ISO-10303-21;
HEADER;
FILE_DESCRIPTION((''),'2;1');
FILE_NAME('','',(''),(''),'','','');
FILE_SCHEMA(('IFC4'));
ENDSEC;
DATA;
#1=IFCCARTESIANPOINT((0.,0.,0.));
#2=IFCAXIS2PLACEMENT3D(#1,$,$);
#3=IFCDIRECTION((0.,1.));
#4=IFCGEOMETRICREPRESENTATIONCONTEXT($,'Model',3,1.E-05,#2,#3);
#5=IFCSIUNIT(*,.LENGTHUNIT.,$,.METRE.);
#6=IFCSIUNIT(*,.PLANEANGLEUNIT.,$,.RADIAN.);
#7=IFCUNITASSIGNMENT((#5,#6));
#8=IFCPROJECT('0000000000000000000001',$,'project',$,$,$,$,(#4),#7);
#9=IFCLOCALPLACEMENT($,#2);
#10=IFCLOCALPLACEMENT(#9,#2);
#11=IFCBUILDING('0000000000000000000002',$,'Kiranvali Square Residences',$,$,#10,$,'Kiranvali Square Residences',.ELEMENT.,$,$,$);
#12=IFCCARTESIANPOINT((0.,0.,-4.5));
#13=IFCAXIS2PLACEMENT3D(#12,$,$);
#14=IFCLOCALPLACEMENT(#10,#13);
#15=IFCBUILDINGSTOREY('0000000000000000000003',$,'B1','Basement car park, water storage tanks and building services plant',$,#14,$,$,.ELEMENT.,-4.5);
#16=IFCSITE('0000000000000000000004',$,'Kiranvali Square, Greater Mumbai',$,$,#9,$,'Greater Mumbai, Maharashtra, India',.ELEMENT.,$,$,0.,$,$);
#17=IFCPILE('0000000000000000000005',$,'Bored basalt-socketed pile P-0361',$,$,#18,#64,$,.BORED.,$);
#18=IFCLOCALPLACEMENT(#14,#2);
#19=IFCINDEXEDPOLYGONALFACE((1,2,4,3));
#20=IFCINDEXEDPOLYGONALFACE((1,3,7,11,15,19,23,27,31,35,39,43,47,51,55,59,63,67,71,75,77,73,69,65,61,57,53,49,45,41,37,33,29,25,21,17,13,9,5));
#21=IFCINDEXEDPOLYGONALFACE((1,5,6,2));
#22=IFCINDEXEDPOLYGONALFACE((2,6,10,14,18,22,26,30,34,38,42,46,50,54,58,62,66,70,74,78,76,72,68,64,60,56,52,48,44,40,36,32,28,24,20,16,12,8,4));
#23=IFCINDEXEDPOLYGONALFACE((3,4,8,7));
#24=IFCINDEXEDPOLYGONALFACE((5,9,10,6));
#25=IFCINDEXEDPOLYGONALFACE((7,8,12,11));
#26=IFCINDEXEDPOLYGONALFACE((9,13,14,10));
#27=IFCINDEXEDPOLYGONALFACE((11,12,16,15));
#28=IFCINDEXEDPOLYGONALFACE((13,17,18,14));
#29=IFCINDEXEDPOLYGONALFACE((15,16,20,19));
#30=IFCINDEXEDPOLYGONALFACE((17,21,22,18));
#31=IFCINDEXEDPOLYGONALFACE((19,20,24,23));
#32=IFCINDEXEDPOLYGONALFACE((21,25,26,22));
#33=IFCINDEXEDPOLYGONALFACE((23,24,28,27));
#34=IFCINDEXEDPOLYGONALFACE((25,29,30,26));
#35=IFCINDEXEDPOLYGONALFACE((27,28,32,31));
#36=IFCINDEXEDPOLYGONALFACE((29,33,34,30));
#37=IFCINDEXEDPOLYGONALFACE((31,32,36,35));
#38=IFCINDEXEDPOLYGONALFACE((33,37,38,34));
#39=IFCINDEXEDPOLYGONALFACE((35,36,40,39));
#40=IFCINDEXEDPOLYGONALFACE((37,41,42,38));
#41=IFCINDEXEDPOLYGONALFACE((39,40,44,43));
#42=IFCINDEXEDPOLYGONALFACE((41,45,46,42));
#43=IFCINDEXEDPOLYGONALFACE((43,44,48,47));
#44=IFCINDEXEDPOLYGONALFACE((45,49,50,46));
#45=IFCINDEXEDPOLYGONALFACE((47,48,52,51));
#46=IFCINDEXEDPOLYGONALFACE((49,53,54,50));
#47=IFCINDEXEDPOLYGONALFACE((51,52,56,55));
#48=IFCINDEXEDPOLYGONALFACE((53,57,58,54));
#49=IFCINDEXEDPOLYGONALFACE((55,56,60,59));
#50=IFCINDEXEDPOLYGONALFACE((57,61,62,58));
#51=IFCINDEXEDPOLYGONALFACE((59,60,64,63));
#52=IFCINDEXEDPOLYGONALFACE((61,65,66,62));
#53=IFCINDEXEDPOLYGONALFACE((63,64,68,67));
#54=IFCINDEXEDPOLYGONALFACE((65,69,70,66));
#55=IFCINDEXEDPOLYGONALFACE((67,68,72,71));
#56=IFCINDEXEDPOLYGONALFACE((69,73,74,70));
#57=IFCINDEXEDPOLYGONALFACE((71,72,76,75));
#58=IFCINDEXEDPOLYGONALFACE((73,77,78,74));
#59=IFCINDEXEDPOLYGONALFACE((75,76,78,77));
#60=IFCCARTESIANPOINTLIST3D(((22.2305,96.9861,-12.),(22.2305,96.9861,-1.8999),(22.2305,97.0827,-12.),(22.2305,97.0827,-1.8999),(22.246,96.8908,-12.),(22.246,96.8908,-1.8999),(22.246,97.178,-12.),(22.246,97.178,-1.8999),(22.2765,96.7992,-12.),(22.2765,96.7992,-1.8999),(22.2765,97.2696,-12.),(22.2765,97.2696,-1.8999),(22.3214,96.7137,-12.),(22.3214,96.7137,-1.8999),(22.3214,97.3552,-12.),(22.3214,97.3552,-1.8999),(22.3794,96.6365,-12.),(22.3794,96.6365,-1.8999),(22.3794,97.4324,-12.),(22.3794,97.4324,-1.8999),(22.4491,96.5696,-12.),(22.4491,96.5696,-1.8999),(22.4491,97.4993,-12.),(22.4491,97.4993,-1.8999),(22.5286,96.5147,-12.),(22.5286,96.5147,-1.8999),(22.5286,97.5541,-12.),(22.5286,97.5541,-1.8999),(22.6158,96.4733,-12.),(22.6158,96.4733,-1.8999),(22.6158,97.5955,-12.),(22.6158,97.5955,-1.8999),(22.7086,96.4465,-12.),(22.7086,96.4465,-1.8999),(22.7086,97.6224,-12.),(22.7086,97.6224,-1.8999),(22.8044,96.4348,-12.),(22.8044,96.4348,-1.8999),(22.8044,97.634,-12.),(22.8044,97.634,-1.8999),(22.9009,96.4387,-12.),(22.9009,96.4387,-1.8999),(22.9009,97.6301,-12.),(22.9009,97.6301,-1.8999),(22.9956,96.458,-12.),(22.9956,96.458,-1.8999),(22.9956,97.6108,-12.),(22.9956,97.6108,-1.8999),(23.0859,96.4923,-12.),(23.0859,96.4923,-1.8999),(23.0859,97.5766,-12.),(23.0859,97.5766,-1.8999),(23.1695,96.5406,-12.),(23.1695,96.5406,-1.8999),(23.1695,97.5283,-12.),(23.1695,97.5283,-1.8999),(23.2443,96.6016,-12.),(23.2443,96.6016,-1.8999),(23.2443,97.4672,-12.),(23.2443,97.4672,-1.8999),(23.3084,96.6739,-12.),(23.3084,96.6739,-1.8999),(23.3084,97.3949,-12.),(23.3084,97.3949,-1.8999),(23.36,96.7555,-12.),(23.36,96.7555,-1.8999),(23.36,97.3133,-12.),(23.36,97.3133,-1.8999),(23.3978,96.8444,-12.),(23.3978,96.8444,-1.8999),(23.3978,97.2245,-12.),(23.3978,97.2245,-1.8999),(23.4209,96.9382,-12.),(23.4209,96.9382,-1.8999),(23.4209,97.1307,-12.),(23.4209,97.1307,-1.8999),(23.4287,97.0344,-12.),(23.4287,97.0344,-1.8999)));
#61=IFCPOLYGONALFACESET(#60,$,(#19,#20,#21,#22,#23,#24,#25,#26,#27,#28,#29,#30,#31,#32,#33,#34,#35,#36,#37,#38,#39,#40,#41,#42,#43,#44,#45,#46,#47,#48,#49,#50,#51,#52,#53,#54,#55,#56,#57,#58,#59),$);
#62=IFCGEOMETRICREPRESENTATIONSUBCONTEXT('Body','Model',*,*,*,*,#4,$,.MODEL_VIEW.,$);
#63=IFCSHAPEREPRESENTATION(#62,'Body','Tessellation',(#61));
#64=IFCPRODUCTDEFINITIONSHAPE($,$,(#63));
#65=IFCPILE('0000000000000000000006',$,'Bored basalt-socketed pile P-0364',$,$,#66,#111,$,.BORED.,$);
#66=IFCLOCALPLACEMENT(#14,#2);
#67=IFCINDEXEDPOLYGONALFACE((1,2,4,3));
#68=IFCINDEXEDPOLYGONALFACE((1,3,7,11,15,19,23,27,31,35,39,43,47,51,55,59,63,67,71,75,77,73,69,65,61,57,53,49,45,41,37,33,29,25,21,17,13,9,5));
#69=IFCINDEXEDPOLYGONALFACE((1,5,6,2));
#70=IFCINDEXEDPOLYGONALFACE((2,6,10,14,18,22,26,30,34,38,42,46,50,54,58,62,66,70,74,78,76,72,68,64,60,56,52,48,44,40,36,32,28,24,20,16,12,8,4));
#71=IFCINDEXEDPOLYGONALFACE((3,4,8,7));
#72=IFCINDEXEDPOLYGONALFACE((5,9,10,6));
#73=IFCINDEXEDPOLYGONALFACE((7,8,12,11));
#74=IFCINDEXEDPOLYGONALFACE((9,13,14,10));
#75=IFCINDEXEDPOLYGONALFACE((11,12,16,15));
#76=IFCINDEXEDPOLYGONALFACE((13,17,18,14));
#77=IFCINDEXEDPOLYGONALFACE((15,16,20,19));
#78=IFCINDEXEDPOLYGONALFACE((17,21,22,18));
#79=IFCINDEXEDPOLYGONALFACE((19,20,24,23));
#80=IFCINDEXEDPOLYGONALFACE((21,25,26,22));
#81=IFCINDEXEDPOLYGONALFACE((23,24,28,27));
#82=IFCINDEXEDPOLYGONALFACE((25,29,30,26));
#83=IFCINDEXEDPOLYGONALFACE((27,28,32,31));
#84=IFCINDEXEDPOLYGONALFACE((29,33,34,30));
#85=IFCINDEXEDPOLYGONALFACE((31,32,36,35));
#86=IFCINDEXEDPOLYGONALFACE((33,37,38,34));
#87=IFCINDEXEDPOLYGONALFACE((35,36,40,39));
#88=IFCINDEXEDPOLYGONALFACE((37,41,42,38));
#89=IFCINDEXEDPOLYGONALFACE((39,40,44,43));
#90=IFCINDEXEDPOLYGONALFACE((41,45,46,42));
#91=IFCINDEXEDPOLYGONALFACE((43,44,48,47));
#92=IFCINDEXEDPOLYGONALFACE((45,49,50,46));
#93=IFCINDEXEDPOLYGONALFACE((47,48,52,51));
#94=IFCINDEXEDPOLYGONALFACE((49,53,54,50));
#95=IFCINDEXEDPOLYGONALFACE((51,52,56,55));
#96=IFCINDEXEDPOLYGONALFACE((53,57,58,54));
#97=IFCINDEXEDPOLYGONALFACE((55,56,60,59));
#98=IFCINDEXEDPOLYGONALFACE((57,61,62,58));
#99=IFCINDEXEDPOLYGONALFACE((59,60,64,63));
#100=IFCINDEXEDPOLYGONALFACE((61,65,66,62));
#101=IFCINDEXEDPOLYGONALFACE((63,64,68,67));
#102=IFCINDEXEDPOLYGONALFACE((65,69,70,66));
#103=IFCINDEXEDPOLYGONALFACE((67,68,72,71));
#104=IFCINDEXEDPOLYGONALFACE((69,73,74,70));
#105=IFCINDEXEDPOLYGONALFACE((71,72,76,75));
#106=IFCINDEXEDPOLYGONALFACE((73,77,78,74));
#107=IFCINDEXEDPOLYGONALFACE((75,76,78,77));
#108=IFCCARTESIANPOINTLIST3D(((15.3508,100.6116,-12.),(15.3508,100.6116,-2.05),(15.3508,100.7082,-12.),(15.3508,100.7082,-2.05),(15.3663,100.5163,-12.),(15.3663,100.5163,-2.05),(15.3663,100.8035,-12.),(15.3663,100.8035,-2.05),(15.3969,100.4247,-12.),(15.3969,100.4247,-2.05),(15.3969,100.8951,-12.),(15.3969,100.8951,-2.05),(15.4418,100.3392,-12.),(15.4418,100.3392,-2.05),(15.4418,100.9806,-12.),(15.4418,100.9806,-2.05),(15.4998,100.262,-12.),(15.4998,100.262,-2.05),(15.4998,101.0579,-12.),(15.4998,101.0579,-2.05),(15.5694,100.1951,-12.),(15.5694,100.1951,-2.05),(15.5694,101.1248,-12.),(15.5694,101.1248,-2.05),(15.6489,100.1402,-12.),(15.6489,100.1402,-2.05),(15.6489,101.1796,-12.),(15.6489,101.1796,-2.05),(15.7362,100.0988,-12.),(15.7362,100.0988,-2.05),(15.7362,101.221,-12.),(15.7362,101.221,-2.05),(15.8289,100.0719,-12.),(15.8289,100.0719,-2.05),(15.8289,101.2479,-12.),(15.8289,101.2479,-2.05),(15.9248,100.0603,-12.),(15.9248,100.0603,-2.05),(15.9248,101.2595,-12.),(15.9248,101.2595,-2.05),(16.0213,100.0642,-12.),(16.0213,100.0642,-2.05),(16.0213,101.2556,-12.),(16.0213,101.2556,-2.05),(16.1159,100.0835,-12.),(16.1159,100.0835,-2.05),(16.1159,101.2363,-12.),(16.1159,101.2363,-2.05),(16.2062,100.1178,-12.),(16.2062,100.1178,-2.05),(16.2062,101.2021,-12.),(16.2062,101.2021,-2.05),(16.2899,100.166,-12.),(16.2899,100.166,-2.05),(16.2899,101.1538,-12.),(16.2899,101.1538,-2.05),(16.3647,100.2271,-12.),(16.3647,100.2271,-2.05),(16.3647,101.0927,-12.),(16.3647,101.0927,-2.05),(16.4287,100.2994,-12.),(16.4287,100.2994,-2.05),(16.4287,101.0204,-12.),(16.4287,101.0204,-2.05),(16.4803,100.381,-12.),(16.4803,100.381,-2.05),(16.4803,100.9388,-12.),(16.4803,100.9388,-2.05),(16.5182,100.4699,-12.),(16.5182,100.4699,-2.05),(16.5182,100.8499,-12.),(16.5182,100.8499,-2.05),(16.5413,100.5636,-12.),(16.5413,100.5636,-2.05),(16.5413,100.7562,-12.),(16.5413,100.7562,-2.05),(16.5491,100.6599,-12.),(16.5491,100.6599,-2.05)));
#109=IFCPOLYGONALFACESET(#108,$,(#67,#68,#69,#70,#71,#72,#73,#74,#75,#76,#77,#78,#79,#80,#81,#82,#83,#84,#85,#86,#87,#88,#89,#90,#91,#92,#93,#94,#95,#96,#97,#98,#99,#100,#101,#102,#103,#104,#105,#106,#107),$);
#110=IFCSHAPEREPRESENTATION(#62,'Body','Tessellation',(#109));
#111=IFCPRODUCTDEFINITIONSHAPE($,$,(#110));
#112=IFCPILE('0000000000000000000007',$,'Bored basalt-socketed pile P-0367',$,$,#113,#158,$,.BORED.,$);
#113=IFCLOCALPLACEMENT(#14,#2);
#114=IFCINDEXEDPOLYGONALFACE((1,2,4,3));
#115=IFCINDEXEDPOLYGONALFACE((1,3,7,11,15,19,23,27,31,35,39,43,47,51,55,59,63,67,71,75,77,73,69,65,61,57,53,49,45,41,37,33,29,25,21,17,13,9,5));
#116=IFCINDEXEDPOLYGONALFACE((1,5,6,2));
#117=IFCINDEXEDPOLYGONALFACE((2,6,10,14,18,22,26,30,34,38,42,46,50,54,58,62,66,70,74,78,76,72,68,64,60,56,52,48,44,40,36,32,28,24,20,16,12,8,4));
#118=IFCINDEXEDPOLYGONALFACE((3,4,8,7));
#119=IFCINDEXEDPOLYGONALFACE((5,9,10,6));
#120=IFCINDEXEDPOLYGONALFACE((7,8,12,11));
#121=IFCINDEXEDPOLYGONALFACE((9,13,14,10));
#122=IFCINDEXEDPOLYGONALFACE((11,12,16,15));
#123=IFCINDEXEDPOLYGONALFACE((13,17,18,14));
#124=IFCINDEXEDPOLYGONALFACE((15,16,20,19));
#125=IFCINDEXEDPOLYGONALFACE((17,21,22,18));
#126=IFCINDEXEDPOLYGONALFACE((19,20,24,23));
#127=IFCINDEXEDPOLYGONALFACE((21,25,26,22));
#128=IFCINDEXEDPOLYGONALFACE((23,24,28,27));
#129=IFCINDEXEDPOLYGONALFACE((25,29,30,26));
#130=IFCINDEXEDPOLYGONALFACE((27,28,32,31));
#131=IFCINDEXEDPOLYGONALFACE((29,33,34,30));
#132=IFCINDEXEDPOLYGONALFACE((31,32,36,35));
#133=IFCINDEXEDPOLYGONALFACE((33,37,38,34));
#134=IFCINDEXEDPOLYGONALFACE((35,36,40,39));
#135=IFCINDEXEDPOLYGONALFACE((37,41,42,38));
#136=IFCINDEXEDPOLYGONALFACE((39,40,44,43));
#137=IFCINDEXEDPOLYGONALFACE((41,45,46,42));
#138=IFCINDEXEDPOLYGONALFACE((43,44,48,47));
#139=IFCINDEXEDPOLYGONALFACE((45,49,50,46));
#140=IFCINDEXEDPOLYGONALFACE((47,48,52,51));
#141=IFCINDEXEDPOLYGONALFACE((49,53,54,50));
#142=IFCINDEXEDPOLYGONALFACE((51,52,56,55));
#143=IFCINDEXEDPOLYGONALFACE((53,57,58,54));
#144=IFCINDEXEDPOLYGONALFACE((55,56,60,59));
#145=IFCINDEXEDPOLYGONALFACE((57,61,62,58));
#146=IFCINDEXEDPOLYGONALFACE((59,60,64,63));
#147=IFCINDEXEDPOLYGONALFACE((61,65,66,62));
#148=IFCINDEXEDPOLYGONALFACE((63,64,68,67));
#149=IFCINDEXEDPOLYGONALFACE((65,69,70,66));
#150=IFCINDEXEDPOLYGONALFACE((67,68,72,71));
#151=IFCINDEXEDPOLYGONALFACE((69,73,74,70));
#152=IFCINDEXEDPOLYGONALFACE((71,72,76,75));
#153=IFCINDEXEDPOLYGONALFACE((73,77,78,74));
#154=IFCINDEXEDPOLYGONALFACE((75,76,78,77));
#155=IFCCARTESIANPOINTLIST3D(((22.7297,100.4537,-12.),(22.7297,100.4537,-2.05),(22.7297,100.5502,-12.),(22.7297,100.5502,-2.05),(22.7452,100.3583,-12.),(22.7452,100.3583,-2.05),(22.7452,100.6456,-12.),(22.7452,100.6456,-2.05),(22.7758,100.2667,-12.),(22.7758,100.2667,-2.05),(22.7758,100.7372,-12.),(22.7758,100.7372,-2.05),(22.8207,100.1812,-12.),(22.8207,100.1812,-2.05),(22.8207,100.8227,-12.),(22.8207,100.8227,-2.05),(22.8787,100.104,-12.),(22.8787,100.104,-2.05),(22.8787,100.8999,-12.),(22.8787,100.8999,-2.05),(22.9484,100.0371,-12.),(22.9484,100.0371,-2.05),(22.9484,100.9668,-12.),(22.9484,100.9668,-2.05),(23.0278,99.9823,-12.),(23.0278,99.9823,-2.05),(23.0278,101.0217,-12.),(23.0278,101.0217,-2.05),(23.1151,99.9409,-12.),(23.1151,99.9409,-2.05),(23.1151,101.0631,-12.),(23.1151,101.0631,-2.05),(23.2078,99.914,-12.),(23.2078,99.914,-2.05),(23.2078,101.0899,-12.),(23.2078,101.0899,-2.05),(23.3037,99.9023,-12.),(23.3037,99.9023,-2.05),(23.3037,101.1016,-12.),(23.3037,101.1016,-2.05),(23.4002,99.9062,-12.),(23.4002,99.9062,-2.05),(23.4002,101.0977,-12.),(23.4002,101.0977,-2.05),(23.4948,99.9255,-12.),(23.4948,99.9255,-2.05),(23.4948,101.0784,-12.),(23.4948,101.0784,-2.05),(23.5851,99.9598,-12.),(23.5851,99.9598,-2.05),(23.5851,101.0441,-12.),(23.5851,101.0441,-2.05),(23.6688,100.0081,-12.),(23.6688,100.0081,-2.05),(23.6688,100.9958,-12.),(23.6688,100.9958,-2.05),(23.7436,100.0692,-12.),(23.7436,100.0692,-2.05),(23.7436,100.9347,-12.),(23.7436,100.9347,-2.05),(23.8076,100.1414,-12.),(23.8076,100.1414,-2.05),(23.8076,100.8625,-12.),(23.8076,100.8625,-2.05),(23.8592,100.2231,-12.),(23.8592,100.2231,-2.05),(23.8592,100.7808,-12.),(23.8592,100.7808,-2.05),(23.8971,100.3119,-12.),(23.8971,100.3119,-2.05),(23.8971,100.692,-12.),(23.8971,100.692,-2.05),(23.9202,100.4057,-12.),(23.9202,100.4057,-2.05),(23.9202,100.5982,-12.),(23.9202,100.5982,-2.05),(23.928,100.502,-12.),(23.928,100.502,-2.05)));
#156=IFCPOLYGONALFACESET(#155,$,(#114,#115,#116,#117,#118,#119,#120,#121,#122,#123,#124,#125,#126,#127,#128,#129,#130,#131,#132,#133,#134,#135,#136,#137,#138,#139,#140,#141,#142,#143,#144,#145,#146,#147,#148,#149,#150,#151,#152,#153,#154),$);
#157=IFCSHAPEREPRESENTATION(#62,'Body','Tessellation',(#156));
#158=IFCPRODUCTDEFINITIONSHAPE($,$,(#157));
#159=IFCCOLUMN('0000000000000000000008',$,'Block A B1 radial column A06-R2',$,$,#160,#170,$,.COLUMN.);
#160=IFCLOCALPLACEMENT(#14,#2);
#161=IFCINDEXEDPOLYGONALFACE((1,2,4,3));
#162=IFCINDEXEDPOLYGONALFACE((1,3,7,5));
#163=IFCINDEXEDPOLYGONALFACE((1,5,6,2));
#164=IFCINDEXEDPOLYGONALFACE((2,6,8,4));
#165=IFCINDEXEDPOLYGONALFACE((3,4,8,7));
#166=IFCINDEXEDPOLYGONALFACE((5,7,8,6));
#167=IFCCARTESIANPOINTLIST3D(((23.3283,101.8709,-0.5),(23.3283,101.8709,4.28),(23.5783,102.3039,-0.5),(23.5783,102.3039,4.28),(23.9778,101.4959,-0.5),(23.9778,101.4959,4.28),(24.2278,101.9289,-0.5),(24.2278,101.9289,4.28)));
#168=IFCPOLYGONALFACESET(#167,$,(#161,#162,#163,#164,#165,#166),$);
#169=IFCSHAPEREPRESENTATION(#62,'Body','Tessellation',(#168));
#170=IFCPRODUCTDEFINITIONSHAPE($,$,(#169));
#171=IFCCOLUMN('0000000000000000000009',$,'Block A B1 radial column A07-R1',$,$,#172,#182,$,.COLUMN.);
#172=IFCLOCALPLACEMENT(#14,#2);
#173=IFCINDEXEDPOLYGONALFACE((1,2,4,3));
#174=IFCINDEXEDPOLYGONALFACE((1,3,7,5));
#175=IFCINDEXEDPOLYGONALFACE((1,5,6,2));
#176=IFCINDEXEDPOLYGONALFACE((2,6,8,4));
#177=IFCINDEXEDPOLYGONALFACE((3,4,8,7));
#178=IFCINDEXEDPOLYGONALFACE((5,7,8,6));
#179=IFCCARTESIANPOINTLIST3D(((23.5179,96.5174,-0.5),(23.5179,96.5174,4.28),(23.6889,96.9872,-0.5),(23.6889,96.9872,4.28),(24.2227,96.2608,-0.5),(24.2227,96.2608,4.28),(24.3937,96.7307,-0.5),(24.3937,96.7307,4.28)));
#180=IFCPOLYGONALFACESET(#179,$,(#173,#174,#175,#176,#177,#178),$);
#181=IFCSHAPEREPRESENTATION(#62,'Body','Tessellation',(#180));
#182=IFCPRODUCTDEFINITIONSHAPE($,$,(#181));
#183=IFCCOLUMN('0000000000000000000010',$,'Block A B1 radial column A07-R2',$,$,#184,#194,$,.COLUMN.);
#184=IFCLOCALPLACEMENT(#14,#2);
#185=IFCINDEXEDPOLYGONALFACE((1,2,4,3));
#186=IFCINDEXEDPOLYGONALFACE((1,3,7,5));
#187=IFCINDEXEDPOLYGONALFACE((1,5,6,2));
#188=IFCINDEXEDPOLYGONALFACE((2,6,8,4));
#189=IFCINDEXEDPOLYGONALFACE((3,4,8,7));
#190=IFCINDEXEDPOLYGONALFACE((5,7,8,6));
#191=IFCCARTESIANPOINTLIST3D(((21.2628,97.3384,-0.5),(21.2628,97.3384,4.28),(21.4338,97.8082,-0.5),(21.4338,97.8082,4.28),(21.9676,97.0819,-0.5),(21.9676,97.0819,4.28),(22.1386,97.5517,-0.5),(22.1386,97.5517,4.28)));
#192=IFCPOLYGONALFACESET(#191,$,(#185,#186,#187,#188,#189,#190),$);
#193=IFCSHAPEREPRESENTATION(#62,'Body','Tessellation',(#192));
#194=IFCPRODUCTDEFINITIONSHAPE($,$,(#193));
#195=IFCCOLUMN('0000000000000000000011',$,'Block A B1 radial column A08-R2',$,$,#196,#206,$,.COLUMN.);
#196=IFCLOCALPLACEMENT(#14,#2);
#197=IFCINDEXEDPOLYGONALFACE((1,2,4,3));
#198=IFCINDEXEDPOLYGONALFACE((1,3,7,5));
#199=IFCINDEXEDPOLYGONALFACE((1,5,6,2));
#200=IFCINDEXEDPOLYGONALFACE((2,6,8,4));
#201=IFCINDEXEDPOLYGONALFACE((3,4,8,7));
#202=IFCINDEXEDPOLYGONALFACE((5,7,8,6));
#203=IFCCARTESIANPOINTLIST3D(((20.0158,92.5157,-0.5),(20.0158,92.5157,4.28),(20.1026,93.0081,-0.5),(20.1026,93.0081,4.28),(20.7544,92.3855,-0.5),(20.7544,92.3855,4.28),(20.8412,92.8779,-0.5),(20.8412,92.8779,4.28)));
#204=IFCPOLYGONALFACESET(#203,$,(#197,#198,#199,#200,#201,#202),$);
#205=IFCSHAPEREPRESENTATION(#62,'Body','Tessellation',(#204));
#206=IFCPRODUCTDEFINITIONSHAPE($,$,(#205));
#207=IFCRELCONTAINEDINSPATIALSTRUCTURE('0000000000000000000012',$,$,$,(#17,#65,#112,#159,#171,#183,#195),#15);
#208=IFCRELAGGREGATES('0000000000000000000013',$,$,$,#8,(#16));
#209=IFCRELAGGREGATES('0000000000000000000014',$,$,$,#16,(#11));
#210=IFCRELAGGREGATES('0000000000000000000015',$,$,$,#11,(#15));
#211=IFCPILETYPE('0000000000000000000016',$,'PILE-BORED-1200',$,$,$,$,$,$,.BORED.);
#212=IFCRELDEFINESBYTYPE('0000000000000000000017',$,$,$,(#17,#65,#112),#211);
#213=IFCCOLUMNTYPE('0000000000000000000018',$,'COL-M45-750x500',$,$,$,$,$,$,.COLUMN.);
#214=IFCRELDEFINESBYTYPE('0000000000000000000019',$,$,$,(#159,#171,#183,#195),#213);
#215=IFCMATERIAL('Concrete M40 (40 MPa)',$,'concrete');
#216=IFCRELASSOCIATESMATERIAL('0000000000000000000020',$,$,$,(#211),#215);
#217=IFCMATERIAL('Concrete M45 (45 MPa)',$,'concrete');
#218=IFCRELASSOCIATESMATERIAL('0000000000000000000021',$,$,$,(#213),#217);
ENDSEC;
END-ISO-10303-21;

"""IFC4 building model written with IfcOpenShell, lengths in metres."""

from ifc_helpers import new_model, si_unit, direction, frame, origin, origin_2d, place, context, subcontext, project, spatial, rectangle, circle, extrude, material, material_profile, profile_set, type_object, element, save


model = new_model("IFC4")

# Units and contexts
model_context = context("Model", 3, precision=1e-05, world=origin(), true_north=direction((0.0, 1.0)))
body_context = subcontext(model_context, "Body", "Model", "MODEL_VIEW")
ifc_project = project(units=[si_unit("LENGTHUNIT", "METRE"), si_unit("PLANEANGLEUNIT", "RADIAN")], contexts=[model_context])

# Site, building, storey
site_placement = place(None, origin())
site = spatial("IfcSite", under=ifc_project, at=site_placement, Name="Kiranvali Square, Greater Mumbai", LongName="Greater Mumbai, Maharashtra, India", CompositionType="ELEMENT", RefElevation=0.0)
building_placement = place(site_placement, origin())
building = spatial("IfcBuilding", under=site, at=building_placement, Name="Kiranvali Square Residences", LongName="Kiranvali Square Residences", CompositionType="ELEMENT")
storey_placement = place(building_placement, frame((0.0, 0.0, -4.5)))
storey = spatial("IfcBuildingStorey", under=building, at=storey_placement, Name="B1", Description="Basement car park, water storage tanks and building services plant", CompositionType="ELEMENT", Elevation=-4.5)

# Shared definitions
ifc_material_1 = material(Name="Concrete M40 (40 MPa)", Category="concrete")

# Piles
ifc_material_profile_1 = material_profile(ifc_material_1, circle(Radius=0.6001, at=origin_2d()), Name="BORED PILE 1200")
ifc_profile_set_1 = profile_set([ifc_material_profile_1], Name="Concrete M40 (40 MPa)")
pile_type = type_object("IfcPileType", Name="PILE-BORED-1200", PredefinedType="BORED", material=ifc_profile_set_1)
pile_1_placement = place(storey_placement, frame((22.8286, 97.0344, -1.8999), z_axis=(0.0, 0.0, -1.0), x_axis=(1.0, 0.0, 0.0)))
element("IfcPile", 1, at=pile_1_placement, inside=storey, type_object=pile_type, Name="Bored basalt-socketed pile P-0361", PredefinedType="BORED", context=body_context, shape_type="SweptSolid", body=[
    extrude(circle(Radius=0.6001, at=origin_2d()), origin(), (0.0, 0.0, 1.0), 10.1001),
])
for number, where, z_axis, x_axis, name in (
    (2, (15.949, 100.6599, -2.05), (0.0, 0.0, -1.0), (1.0, 0.0, 0.0), "Bored basalt-socketed pile P-0364"),
    (3, (23.3279, 100.502, -2.05), (0.0, 0.0, -1.0), (1.0, 0.0, 0.0), "Bored basalt-socketed pile P-0367"),
):
    element("IfcPile", number, at=place(storey_placement, frame(where, z_axis=z_axis, x_axis=x_axis)), inside=storey, type_object=pile_type, Name=name, PredefinedType="BORED", context=body_context, shape_type="SweptSolid", body=[
        extrude(circle(Radius=0.6001, at=origin_2d()), origin(), (0.0, 0.0, 1.0), 9.95),
    ])

# Columns
ifc_material_2 = material(Name="Concrete M45 (45 MPa)", Category="concrete")
ifc_material_profile_2 = material_profile(ifc_material_2, rectangle(XDim=0.5, YDim=0.75, at=origin_2d()), Name="RC 750x500")
ifc_profile_set_2 = profile_set([ifc_material_profile_2], Name="Concrete M45 (45 MPa)")
column_type_1 = type_object("IfcColumnType", Name="COL-M45-750x500", PredefinedType="COLUMN", material=ifc_profile_set_2)
for number, where, z_axis, x_axis, name in (
    (4, (23.7781, 101.8999, -0.5), (0.0, 0.0, 1.0), (0.5, 0.866025, 0.0), "Block A B1 radial column A06-R2"),
    (5, (23.9558, 96.624, -0.5), (0.0, 0.0, 1.0), (0.34202, 0.939693, 0.0), "Block A B1 radial column A07-R1"),
    (6, (21.7007, 97.4451, -0.5), (0.0, 0.0, 1.0), (0.34202, 0.939693, 0.0), "Block A B1 radial column A07-R2"),
    (7, (20.4285, 92.6968, -0.5), (0.0, 0.0, 1.0), (0.173648, 0.984808, 0.0), "Block A B1 radial column A08-R2"),
):
    element("IfcColumn", number, at=place(storey_placement, frame(where, z_axis=z_axis, x_axis=x_axis)), inside=storey, type_object=column_type_1, Name=name, PredefinedType="COLUMN", context=body_context, shape_type="SweptSolid", body=[
        extrude(rectangle(XDim=0.5, YDim=0.75, at=origin_2d()), origin(), (0.0, 0.0, 1.0), 4.78),
    ])

save(model, "model.ifc")
